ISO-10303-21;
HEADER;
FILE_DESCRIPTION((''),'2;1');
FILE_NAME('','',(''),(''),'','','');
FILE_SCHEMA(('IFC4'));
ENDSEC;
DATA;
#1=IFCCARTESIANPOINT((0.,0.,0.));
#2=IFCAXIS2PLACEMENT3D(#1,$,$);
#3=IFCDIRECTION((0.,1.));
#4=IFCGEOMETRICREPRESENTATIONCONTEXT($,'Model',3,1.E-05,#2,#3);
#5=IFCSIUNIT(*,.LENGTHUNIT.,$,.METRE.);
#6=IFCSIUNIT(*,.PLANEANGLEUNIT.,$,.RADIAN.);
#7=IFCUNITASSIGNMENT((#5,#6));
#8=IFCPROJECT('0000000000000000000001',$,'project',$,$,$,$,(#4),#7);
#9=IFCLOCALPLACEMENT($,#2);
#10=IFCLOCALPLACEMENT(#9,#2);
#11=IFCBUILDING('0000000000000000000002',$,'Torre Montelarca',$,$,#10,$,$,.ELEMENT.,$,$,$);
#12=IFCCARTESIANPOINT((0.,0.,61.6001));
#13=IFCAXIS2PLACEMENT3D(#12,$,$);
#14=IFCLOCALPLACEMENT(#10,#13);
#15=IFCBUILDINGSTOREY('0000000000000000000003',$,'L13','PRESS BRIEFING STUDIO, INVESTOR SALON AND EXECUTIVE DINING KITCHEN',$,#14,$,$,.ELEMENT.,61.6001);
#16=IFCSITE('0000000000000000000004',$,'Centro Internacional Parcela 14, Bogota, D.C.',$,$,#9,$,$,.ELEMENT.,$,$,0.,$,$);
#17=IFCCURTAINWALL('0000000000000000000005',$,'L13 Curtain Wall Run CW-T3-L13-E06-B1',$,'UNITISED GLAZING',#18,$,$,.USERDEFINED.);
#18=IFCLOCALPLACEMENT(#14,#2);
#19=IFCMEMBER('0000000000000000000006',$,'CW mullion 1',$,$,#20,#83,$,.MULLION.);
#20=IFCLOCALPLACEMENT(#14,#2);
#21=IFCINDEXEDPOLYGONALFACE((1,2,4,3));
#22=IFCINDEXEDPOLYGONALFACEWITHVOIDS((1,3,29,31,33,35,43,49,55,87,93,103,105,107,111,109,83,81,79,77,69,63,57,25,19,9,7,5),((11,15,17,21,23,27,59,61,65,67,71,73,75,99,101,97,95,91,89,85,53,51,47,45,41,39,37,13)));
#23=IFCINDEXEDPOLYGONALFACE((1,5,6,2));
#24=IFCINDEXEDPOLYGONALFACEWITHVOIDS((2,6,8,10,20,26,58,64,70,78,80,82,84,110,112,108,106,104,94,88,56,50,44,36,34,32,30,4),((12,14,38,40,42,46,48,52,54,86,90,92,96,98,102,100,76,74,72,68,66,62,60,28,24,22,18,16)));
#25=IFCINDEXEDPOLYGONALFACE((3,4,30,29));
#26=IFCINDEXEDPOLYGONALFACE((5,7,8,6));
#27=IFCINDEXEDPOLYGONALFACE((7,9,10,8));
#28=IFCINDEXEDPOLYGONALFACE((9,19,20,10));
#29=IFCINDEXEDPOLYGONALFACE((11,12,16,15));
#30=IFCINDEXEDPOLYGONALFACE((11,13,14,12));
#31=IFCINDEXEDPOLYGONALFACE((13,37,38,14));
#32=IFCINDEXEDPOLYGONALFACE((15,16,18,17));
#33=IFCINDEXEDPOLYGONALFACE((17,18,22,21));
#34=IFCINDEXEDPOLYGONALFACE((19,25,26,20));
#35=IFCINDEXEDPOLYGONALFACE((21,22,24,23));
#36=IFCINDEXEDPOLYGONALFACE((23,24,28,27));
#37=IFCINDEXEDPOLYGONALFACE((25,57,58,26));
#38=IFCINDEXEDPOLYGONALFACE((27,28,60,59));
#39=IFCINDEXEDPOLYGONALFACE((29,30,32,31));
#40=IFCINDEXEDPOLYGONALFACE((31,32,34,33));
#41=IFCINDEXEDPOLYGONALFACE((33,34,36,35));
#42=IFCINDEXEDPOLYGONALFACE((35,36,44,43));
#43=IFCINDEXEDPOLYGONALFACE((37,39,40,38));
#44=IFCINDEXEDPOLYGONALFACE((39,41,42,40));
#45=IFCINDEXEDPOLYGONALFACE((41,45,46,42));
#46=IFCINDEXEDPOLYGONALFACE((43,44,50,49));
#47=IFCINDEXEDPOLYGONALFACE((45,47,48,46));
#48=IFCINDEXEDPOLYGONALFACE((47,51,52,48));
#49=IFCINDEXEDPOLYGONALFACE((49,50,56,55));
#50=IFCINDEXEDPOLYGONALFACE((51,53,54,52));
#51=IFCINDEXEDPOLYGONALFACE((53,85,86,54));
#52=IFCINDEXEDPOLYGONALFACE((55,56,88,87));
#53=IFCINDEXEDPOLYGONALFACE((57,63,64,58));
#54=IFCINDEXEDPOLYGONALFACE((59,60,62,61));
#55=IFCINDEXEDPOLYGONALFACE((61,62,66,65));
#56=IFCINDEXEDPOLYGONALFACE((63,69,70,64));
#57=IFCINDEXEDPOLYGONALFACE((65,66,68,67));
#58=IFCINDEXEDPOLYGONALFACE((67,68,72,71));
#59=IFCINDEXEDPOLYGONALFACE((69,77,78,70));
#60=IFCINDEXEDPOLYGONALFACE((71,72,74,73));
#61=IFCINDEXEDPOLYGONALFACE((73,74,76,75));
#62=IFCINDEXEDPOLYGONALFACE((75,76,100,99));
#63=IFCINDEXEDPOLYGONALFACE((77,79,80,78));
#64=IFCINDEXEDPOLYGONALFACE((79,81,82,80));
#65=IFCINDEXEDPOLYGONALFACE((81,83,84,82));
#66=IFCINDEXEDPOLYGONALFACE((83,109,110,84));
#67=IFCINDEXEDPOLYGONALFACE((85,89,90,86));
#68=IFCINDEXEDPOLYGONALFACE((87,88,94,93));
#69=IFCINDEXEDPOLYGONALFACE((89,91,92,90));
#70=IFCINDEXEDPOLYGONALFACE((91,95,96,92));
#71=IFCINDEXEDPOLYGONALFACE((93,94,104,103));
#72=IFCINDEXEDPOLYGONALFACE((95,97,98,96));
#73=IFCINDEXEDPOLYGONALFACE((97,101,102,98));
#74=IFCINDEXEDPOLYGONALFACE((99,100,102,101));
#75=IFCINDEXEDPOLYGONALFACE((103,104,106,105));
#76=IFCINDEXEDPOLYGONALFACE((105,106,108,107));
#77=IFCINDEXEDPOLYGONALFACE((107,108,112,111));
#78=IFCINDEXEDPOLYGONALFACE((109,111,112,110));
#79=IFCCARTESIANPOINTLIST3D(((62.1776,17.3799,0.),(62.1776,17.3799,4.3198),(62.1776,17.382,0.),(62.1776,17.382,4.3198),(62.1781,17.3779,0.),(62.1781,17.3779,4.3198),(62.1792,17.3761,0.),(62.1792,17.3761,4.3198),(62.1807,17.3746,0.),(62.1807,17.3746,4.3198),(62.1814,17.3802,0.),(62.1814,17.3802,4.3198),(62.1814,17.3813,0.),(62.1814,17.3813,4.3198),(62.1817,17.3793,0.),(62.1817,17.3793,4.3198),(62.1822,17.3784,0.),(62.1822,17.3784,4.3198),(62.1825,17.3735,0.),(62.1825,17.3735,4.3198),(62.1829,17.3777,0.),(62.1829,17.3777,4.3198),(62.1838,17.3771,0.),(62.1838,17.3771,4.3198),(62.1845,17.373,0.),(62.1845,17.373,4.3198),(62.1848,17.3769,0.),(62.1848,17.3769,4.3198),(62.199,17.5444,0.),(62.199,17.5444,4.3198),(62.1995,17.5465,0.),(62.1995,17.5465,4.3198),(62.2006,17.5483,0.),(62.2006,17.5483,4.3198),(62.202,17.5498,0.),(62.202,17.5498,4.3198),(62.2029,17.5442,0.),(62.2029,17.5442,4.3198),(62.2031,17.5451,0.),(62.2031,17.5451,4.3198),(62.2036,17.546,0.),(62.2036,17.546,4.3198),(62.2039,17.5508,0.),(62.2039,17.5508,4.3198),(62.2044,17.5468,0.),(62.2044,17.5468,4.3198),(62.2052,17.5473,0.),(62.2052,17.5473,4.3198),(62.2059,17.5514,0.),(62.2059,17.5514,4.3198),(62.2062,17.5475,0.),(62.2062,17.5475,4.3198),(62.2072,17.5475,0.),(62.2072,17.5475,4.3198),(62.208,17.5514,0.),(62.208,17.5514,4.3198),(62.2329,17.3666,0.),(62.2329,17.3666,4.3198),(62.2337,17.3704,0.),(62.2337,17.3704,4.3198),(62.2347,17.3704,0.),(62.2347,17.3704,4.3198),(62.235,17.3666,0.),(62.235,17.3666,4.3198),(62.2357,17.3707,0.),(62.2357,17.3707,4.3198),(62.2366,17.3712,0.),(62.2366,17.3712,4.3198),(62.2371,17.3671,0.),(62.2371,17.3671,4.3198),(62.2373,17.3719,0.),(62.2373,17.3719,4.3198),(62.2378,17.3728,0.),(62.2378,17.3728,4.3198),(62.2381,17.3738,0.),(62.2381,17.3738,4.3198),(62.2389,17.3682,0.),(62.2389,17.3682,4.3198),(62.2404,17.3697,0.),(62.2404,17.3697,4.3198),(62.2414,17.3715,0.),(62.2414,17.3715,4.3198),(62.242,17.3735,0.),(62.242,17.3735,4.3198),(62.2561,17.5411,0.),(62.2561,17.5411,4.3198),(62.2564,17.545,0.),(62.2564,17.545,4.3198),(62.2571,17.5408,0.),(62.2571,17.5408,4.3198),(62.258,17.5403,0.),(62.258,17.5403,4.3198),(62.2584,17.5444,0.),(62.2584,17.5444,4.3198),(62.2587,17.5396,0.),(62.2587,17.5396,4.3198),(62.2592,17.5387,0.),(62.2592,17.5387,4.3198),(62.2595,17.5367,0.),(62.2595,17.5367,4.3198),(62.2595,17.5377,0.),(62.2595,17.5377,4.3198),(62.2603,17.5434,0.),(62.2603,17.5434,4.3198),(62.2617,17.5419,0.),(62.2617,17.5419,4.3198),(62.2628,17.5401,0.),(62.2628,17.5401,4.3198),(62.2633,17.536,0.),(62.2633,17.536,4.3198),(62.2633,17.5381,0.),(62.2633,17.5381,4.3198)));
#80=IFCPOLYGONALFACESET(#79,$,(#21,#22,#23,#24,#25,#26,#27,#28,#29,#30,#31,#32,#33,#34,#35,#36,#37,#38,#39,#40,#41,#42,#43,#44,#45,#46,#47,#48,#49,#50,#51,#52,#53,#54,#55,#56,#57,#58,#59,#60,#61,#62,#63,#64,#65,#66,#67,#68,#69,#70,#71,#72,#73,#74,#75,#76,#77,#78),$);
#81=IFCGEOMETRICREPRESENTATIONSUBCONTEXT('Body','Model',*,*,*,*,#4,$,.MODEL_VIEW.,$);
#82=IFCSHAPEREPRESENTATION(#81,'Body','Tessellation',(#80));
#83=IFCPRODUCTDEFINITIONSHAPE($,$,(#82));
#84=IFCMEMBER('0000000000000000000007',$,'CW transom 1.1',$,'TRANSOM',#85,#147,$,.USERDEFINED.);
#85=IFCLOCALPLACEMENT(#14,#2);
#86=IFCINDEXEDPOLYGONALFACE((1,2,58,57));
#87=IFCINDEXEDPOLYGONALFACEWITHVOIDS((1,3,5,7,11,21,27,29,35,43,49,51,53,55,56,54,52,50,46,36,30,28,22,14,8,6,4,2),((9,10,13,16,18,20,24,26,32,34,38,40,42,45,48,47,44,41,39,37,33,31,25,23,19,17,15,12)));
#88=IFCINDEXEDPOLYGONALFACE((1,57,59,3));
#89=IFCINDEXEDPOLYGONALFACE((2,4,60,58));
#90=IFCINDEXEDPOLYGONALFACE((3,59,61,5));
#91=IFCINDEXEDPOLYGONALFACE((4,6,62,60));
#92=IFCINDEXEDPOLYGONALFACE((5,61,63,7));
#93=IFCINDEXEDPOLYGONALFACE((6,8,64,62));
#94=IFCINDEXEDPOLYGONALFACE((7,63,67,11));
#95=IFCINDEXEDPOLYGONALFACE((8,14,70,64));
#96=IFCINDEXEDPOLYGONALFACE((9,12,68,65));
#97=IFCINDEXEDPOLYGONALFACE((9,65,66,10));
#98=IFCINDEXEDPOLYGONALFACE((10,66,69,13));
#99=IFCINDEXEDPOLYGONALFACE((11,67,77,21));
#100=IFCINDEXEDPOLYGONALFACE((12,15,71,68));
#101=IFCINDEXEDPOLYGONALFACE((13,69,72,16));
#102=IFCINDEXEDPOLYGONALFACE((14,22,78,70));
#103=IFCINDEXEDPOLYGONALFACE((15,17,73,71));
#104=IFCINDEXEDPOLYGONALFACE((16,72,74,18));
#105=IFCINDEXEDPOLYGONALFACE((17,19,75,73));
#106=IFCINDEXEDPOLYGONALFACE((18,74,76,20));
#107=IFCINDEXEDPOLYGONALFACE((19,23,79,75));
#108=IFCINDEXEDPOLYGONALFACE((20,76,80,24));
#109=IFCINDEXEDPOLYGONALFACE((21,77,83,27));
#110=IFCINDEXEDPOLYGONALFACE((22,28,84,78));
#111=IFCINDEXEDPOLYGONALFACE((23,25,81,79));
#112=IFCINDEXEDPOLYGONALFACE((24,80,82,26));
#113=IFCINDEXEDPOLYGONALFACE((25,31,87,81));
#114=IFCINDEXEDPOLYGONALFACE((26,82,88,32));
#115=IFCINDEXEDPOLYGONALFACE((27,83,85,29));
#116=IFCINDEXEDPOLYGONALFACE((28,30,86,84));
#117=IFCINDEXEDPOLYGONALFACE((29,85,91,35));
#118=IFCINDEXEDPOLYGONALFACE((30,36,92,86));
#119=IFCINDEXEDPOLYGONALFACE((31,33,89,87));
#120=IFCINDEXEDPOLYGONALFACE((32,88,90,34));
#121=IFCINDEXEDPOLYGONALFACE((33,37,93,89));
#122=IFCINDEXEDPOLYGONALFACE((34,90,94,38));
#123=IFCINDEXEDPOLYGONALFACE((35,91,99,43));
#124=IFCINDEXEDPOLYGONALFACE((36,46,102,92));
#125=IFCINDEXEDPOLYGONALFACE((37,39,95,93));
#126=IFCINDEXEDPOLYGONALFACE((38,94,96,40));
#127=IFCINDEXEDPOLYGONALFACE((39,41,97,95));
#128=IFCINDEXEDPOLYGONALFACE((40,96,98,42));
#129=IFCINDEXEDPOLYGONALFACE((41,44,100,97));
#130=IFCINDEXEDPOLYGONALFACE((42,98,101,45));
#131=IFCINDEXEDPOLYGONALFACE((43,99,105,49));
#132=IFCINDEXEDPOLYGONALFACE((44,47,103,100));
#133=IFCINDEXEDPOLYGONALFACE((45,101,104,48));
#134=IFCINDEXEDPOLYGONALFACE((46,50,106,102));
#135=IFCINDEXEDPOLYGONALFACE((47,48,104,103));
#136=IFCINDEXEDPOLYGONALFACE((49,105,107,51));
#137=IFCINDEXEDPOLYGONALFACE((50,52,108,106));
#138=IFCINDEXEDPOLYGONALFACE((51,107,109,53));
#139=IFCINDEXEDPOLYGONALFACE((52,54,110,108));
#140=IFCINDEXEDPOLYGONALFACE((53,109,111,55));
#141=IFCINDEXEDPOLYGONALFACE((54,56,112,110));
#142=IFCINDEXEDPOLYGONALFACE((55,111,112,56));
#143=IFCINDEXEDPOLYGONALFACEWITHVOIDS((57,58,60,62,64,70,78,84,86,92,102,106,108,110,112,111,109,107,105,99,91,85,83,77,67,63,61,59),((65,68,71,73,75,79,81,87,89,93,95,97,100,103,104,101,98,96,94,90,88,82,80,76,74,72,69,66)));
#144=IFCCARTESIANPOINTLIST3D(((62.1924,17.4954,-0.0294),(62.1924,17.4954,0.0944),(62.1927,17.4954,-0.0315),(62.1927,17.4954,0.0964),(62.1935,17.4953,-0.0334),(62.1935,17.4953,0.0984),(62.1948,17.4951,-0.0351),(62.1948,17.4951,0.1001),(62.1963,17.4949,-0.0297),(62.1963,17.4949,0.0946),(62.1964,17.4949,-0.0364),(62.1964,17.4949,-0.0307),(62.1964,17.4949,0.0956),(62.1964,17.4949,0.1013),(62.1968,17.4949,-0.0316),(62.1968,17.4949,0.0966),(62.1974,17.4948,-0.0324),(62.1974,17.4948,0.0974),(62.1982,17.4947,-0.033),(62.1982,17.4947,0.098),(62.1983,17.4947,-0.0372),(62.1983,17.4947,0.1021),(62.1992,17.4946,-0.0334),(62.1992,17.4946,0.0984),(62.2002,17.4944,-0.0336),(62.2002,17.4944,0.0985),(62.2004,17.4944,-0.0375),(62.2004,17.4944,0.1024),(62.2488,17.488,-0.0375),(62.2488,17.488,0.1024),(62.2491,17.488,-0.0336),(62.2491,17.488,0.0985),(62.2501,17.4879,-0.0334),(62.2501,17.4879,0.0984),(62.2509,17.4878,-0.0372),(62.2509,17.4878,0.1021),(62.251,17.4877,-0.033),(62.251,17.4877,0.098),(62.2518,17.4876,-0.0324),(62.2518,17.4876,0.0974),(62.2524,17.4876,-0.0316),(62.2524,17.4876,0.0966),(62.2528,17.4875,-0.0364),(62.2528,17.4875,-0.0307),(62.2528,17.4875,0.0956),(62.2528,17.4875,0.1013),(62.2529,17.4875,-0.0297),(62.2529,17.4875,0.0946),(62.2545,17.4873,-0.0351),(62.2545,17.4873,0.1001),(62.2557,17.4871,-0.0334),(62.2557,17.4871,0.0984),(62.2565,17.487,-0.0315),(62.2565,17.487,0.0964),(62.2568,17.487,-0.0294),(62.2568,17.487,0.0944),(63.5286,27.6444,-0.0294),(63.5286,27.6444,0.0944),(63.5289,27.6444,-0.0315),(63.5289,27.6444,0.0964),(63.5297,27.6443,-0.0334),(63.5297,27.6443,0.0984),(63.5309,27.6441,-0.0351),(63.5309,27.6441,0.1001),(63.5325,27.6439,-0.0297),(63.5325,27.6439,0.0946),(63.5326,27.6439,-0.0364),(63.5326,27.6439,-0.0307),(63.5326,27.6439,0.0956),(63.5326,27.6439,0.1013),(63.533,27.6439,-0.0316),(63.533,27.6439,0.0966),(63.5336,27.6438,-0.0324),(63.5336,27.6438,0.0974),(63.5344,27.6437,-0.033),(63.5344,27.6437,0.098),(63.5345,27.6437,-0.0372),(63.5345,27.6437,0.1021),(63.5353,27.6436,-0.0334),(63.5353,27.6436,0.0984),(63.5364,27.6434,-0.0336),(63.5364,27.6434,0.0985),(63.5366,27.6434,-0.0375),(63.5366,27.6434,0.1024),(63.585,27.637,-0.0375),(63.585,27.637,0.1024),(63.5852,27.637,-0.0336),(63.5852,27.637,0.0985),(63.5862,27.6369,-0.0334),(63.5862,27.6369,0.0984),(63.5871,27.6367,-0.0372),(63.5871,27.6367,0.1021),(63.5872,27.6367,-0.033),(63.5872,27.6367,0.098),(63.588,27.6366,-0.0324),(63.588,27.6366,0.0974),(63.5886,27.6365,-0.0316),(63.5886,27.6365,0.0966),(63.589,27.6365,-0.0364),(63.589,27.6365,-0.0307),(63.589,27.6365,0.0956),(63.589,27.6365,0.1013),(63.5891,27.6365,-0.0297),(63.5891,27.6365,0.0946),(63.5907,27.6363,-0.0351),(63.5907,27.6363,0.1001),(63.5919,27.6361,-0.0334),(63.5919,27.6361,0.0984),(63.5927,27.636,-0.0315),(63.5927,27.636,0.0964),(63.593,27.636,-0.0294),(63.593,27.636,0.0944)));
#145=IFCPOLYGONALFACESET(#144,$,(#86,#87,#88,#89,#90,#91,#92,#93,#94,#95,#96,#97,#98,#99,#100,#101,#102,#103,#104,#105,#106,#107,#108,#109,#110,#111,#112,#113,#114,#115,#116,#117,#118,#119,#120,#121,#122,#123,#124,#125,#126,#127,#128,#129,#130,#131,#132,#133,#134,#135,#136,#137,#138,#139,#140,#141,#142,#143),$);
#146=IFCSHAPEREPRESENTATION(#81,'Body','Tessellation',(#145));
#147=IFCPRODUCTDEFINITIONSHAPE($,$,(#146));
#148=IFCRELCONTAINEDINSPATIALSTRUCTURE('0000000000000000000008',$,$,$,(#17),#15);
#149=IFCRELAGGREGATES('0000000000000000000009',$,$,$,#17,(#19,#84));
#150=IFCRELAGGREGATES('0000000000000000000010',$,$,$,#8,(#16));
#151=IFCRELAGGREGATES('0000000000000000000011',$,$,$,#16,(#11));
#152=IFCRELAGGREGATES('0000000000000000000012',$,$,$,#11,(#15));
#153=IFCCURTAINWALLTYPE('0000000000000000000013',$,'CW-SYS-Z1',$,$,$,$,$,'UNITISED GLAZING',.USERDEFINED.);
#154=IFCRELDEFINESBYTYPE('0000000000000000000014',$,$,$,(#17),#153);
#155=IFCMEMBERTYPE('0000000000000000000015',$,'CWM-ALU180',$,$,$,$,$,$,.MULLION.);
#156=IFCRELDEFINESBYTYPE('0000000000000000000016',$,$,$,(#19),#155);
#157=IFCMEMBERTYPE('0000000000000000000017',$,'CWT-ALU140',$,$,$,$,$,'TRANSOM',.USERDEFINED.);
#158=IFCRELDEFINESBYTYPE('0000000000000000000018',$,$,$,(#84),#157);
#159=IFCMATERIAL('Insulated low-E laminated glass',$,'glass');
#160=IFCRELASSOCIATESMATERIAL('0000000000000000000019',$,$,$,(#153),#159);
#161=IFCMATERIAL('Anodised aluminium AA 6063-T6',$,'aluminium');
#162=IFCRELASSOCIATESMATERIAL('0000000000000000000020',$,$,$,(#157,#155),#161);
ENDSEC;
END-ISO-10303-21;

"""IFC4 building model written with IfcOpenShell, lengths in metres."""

from ifc_helpers import new_model, si_unit, direction, frame, origin, origin_2d, place, context, subcontext, project, spatial, hollow_rectangle, extrude, source, transform, mapped, material, material_profile, profile_set, type_object, element, aggregate, save


model = new_model("IFC4")

# Units and contexts
model_context = context("Model", 3, precision=1e-05, world=origin(), true_north=direction((0.0, 1.0)))
body_context = subcontext(model_context, "Body", "Model", "MODEL_VIEW")
ifc_project = project(units=[si_unit("LENGTHUNIT", "METRE"), si_unit("PLANEANGLEUNIT", "RADIAN")], contexts=[model_context])

# Site, building, storey
site_placement = place(None, origin())
site = spatial("IfcSite", under=ifc_project, at=site_placement, Name="Centro Internacional Parcela 14, Bogota, D.C.", CompositionType="ELEMENT", RefElevation=0.0)
building_placement = place(site_placement, origin())
building = spatial("IfcBuilding", under=site, at=building_placement, Name="Torre Montelarca", CompositionType="ELEMENT")
storey_placement = place(building_placement, frame((0.0, 0.0, 61.6001)))
storey = spatial("IfcBuildingStorey", under=building, at=storey_placement, Name="L13", Description="PRESS BRIEFING STUDIO, INVESTOR SALON AND EXECUTIVE DINING KITCHEN", CompositionType="ELEMENT", Elevation=61.6001)

# Shared definitions
ifc_material_1 = material(Name="Insulated low-E laminated glass", Category="glass")
curtain_wall_type = type_object("IfcCurtainWallType", Name="CW-SYS-Z1", ElementType="UNITISED GLAZING", PredefinedType="USERDEFINED", material=ifc_material_1)
ifc_material_2 = material(Name="Anodised aluminium AA 6063-T6", Category="aluminium")
ifc_material_profile_1 = material_profile(ifc_material_2, hollow_rectangle(XDim=0.0649, YDim=0.1399, WallThickness=0.0039, InnerFilletRadius=0.0039, OuterFilletRadius=0.0081, at=origin_2d()), Name="ALU65X140X4", Category="aluminium")
ifc_profile_set_1 = profile_set([ifc_material_profile_1], Name="Anodised aluminium AA 6063-T6")
member_type_1 = type_object("IfcMemberType", Name="CWT-ALU140", ElementType="TRANSOM", PredefinedType="USERDEFINED", material=ifc_profile_set_1)

# Shared definitions
ifc_material_profile_2 = material_profile(ifc_material_2, hollow_rectangle(XDim=0.0649, YDim=0.1799, WallThickness=0.0039, InnerFilletRadius=0.0039, OuterFilletRadius=0.0081, at=origin_2d()), Name="ALU65X180X4", Category="aluminium")
ifc_profile_set_2 = profile_set([ifc_material_profile_2], Name="Anodised aluminium AA 6063-T6")
member_type_2 = type_object("IfcMemberType", Name="CWM-ALU180", PredefinedType="MULLION", material=ifc_profile_set_2)
shared_shape_1 = source(origin(), body_context, "Body", "SweptSolid", [
    extrude(hollow_rectangle(XDim=0.0649, YDim=0.1799, WallThickness=0.0039, InnerFilletRadius=0.0039, OuterFilletRadius=0.0081, at=origin_2d()), origin(), (0.0, 0.0, 1.0), 4.3198),
])

# Curtain wall, members
curtain_wall_1_placement = place(storey_placement, origin())
curtain_wall_1 = element("IfcCurtainWall", 1, at=curtain_wall_1_placement, inside=storey, type_object=curtain_wall_type, Name="L13 Curtain Wall Run CW-T3-L13-E06-B1", ObjectType="UNITISED GLAZING", PredefinedType="USERDEFINED")
member_1_placement = place(storey_placement, frame((62.2205, 17.459, 0.0), z_axis=(0.0, 0.0, 1.0), x_axis=(-0.991446, 0.130519, 0.0)))
member_1 = element("IfcMember", 2, at=member_1_placement, type_object=member_type_2, Name="CW mullion 1", PredefinedType="MULLION", context=body_context, shape_type="MappedRepresentation", body=[
    mapped(shared_shape_1, transform((0.0, 0.0, 0.0), scale=1.0)),
])
shared_shape_2 = source(origin(), body_context, "Body", "SweptSolid", [
    extrude(hollow_rectangle(XDim=0.0649, YDim=0.1399, WallThickness=0.0039, InnerFilletRadius=0.0039, OuterFilletRadius=0.0081, at=origin_2d()), origin(), (0.0, 0.0, 1.0), 10.2366),
])
member_2_placement = place(storey_placement, frame((62.2246, 17.4912, 0.0325), z_axis=(0.130531, 0.991444, 0.0), x_axis=(-0.991444, 0.130531, 0.0)))
member_2 = element("IfcMember", 3, at=member_2_placement, type_object=member_type_1, Name="CW transom 1.1", ObjectType="TRANSOM", PredefinedType="USERDEFINED", context=body_context, shape_type="MappedRepresentation", body=[
    mapped(shared_shape_2, transform((0.0, 0.0, 0.0), scale=1.0)),
])

aggregate(curtain_wall_1, [member_1, member_2])

save(model, "model.ifc")
